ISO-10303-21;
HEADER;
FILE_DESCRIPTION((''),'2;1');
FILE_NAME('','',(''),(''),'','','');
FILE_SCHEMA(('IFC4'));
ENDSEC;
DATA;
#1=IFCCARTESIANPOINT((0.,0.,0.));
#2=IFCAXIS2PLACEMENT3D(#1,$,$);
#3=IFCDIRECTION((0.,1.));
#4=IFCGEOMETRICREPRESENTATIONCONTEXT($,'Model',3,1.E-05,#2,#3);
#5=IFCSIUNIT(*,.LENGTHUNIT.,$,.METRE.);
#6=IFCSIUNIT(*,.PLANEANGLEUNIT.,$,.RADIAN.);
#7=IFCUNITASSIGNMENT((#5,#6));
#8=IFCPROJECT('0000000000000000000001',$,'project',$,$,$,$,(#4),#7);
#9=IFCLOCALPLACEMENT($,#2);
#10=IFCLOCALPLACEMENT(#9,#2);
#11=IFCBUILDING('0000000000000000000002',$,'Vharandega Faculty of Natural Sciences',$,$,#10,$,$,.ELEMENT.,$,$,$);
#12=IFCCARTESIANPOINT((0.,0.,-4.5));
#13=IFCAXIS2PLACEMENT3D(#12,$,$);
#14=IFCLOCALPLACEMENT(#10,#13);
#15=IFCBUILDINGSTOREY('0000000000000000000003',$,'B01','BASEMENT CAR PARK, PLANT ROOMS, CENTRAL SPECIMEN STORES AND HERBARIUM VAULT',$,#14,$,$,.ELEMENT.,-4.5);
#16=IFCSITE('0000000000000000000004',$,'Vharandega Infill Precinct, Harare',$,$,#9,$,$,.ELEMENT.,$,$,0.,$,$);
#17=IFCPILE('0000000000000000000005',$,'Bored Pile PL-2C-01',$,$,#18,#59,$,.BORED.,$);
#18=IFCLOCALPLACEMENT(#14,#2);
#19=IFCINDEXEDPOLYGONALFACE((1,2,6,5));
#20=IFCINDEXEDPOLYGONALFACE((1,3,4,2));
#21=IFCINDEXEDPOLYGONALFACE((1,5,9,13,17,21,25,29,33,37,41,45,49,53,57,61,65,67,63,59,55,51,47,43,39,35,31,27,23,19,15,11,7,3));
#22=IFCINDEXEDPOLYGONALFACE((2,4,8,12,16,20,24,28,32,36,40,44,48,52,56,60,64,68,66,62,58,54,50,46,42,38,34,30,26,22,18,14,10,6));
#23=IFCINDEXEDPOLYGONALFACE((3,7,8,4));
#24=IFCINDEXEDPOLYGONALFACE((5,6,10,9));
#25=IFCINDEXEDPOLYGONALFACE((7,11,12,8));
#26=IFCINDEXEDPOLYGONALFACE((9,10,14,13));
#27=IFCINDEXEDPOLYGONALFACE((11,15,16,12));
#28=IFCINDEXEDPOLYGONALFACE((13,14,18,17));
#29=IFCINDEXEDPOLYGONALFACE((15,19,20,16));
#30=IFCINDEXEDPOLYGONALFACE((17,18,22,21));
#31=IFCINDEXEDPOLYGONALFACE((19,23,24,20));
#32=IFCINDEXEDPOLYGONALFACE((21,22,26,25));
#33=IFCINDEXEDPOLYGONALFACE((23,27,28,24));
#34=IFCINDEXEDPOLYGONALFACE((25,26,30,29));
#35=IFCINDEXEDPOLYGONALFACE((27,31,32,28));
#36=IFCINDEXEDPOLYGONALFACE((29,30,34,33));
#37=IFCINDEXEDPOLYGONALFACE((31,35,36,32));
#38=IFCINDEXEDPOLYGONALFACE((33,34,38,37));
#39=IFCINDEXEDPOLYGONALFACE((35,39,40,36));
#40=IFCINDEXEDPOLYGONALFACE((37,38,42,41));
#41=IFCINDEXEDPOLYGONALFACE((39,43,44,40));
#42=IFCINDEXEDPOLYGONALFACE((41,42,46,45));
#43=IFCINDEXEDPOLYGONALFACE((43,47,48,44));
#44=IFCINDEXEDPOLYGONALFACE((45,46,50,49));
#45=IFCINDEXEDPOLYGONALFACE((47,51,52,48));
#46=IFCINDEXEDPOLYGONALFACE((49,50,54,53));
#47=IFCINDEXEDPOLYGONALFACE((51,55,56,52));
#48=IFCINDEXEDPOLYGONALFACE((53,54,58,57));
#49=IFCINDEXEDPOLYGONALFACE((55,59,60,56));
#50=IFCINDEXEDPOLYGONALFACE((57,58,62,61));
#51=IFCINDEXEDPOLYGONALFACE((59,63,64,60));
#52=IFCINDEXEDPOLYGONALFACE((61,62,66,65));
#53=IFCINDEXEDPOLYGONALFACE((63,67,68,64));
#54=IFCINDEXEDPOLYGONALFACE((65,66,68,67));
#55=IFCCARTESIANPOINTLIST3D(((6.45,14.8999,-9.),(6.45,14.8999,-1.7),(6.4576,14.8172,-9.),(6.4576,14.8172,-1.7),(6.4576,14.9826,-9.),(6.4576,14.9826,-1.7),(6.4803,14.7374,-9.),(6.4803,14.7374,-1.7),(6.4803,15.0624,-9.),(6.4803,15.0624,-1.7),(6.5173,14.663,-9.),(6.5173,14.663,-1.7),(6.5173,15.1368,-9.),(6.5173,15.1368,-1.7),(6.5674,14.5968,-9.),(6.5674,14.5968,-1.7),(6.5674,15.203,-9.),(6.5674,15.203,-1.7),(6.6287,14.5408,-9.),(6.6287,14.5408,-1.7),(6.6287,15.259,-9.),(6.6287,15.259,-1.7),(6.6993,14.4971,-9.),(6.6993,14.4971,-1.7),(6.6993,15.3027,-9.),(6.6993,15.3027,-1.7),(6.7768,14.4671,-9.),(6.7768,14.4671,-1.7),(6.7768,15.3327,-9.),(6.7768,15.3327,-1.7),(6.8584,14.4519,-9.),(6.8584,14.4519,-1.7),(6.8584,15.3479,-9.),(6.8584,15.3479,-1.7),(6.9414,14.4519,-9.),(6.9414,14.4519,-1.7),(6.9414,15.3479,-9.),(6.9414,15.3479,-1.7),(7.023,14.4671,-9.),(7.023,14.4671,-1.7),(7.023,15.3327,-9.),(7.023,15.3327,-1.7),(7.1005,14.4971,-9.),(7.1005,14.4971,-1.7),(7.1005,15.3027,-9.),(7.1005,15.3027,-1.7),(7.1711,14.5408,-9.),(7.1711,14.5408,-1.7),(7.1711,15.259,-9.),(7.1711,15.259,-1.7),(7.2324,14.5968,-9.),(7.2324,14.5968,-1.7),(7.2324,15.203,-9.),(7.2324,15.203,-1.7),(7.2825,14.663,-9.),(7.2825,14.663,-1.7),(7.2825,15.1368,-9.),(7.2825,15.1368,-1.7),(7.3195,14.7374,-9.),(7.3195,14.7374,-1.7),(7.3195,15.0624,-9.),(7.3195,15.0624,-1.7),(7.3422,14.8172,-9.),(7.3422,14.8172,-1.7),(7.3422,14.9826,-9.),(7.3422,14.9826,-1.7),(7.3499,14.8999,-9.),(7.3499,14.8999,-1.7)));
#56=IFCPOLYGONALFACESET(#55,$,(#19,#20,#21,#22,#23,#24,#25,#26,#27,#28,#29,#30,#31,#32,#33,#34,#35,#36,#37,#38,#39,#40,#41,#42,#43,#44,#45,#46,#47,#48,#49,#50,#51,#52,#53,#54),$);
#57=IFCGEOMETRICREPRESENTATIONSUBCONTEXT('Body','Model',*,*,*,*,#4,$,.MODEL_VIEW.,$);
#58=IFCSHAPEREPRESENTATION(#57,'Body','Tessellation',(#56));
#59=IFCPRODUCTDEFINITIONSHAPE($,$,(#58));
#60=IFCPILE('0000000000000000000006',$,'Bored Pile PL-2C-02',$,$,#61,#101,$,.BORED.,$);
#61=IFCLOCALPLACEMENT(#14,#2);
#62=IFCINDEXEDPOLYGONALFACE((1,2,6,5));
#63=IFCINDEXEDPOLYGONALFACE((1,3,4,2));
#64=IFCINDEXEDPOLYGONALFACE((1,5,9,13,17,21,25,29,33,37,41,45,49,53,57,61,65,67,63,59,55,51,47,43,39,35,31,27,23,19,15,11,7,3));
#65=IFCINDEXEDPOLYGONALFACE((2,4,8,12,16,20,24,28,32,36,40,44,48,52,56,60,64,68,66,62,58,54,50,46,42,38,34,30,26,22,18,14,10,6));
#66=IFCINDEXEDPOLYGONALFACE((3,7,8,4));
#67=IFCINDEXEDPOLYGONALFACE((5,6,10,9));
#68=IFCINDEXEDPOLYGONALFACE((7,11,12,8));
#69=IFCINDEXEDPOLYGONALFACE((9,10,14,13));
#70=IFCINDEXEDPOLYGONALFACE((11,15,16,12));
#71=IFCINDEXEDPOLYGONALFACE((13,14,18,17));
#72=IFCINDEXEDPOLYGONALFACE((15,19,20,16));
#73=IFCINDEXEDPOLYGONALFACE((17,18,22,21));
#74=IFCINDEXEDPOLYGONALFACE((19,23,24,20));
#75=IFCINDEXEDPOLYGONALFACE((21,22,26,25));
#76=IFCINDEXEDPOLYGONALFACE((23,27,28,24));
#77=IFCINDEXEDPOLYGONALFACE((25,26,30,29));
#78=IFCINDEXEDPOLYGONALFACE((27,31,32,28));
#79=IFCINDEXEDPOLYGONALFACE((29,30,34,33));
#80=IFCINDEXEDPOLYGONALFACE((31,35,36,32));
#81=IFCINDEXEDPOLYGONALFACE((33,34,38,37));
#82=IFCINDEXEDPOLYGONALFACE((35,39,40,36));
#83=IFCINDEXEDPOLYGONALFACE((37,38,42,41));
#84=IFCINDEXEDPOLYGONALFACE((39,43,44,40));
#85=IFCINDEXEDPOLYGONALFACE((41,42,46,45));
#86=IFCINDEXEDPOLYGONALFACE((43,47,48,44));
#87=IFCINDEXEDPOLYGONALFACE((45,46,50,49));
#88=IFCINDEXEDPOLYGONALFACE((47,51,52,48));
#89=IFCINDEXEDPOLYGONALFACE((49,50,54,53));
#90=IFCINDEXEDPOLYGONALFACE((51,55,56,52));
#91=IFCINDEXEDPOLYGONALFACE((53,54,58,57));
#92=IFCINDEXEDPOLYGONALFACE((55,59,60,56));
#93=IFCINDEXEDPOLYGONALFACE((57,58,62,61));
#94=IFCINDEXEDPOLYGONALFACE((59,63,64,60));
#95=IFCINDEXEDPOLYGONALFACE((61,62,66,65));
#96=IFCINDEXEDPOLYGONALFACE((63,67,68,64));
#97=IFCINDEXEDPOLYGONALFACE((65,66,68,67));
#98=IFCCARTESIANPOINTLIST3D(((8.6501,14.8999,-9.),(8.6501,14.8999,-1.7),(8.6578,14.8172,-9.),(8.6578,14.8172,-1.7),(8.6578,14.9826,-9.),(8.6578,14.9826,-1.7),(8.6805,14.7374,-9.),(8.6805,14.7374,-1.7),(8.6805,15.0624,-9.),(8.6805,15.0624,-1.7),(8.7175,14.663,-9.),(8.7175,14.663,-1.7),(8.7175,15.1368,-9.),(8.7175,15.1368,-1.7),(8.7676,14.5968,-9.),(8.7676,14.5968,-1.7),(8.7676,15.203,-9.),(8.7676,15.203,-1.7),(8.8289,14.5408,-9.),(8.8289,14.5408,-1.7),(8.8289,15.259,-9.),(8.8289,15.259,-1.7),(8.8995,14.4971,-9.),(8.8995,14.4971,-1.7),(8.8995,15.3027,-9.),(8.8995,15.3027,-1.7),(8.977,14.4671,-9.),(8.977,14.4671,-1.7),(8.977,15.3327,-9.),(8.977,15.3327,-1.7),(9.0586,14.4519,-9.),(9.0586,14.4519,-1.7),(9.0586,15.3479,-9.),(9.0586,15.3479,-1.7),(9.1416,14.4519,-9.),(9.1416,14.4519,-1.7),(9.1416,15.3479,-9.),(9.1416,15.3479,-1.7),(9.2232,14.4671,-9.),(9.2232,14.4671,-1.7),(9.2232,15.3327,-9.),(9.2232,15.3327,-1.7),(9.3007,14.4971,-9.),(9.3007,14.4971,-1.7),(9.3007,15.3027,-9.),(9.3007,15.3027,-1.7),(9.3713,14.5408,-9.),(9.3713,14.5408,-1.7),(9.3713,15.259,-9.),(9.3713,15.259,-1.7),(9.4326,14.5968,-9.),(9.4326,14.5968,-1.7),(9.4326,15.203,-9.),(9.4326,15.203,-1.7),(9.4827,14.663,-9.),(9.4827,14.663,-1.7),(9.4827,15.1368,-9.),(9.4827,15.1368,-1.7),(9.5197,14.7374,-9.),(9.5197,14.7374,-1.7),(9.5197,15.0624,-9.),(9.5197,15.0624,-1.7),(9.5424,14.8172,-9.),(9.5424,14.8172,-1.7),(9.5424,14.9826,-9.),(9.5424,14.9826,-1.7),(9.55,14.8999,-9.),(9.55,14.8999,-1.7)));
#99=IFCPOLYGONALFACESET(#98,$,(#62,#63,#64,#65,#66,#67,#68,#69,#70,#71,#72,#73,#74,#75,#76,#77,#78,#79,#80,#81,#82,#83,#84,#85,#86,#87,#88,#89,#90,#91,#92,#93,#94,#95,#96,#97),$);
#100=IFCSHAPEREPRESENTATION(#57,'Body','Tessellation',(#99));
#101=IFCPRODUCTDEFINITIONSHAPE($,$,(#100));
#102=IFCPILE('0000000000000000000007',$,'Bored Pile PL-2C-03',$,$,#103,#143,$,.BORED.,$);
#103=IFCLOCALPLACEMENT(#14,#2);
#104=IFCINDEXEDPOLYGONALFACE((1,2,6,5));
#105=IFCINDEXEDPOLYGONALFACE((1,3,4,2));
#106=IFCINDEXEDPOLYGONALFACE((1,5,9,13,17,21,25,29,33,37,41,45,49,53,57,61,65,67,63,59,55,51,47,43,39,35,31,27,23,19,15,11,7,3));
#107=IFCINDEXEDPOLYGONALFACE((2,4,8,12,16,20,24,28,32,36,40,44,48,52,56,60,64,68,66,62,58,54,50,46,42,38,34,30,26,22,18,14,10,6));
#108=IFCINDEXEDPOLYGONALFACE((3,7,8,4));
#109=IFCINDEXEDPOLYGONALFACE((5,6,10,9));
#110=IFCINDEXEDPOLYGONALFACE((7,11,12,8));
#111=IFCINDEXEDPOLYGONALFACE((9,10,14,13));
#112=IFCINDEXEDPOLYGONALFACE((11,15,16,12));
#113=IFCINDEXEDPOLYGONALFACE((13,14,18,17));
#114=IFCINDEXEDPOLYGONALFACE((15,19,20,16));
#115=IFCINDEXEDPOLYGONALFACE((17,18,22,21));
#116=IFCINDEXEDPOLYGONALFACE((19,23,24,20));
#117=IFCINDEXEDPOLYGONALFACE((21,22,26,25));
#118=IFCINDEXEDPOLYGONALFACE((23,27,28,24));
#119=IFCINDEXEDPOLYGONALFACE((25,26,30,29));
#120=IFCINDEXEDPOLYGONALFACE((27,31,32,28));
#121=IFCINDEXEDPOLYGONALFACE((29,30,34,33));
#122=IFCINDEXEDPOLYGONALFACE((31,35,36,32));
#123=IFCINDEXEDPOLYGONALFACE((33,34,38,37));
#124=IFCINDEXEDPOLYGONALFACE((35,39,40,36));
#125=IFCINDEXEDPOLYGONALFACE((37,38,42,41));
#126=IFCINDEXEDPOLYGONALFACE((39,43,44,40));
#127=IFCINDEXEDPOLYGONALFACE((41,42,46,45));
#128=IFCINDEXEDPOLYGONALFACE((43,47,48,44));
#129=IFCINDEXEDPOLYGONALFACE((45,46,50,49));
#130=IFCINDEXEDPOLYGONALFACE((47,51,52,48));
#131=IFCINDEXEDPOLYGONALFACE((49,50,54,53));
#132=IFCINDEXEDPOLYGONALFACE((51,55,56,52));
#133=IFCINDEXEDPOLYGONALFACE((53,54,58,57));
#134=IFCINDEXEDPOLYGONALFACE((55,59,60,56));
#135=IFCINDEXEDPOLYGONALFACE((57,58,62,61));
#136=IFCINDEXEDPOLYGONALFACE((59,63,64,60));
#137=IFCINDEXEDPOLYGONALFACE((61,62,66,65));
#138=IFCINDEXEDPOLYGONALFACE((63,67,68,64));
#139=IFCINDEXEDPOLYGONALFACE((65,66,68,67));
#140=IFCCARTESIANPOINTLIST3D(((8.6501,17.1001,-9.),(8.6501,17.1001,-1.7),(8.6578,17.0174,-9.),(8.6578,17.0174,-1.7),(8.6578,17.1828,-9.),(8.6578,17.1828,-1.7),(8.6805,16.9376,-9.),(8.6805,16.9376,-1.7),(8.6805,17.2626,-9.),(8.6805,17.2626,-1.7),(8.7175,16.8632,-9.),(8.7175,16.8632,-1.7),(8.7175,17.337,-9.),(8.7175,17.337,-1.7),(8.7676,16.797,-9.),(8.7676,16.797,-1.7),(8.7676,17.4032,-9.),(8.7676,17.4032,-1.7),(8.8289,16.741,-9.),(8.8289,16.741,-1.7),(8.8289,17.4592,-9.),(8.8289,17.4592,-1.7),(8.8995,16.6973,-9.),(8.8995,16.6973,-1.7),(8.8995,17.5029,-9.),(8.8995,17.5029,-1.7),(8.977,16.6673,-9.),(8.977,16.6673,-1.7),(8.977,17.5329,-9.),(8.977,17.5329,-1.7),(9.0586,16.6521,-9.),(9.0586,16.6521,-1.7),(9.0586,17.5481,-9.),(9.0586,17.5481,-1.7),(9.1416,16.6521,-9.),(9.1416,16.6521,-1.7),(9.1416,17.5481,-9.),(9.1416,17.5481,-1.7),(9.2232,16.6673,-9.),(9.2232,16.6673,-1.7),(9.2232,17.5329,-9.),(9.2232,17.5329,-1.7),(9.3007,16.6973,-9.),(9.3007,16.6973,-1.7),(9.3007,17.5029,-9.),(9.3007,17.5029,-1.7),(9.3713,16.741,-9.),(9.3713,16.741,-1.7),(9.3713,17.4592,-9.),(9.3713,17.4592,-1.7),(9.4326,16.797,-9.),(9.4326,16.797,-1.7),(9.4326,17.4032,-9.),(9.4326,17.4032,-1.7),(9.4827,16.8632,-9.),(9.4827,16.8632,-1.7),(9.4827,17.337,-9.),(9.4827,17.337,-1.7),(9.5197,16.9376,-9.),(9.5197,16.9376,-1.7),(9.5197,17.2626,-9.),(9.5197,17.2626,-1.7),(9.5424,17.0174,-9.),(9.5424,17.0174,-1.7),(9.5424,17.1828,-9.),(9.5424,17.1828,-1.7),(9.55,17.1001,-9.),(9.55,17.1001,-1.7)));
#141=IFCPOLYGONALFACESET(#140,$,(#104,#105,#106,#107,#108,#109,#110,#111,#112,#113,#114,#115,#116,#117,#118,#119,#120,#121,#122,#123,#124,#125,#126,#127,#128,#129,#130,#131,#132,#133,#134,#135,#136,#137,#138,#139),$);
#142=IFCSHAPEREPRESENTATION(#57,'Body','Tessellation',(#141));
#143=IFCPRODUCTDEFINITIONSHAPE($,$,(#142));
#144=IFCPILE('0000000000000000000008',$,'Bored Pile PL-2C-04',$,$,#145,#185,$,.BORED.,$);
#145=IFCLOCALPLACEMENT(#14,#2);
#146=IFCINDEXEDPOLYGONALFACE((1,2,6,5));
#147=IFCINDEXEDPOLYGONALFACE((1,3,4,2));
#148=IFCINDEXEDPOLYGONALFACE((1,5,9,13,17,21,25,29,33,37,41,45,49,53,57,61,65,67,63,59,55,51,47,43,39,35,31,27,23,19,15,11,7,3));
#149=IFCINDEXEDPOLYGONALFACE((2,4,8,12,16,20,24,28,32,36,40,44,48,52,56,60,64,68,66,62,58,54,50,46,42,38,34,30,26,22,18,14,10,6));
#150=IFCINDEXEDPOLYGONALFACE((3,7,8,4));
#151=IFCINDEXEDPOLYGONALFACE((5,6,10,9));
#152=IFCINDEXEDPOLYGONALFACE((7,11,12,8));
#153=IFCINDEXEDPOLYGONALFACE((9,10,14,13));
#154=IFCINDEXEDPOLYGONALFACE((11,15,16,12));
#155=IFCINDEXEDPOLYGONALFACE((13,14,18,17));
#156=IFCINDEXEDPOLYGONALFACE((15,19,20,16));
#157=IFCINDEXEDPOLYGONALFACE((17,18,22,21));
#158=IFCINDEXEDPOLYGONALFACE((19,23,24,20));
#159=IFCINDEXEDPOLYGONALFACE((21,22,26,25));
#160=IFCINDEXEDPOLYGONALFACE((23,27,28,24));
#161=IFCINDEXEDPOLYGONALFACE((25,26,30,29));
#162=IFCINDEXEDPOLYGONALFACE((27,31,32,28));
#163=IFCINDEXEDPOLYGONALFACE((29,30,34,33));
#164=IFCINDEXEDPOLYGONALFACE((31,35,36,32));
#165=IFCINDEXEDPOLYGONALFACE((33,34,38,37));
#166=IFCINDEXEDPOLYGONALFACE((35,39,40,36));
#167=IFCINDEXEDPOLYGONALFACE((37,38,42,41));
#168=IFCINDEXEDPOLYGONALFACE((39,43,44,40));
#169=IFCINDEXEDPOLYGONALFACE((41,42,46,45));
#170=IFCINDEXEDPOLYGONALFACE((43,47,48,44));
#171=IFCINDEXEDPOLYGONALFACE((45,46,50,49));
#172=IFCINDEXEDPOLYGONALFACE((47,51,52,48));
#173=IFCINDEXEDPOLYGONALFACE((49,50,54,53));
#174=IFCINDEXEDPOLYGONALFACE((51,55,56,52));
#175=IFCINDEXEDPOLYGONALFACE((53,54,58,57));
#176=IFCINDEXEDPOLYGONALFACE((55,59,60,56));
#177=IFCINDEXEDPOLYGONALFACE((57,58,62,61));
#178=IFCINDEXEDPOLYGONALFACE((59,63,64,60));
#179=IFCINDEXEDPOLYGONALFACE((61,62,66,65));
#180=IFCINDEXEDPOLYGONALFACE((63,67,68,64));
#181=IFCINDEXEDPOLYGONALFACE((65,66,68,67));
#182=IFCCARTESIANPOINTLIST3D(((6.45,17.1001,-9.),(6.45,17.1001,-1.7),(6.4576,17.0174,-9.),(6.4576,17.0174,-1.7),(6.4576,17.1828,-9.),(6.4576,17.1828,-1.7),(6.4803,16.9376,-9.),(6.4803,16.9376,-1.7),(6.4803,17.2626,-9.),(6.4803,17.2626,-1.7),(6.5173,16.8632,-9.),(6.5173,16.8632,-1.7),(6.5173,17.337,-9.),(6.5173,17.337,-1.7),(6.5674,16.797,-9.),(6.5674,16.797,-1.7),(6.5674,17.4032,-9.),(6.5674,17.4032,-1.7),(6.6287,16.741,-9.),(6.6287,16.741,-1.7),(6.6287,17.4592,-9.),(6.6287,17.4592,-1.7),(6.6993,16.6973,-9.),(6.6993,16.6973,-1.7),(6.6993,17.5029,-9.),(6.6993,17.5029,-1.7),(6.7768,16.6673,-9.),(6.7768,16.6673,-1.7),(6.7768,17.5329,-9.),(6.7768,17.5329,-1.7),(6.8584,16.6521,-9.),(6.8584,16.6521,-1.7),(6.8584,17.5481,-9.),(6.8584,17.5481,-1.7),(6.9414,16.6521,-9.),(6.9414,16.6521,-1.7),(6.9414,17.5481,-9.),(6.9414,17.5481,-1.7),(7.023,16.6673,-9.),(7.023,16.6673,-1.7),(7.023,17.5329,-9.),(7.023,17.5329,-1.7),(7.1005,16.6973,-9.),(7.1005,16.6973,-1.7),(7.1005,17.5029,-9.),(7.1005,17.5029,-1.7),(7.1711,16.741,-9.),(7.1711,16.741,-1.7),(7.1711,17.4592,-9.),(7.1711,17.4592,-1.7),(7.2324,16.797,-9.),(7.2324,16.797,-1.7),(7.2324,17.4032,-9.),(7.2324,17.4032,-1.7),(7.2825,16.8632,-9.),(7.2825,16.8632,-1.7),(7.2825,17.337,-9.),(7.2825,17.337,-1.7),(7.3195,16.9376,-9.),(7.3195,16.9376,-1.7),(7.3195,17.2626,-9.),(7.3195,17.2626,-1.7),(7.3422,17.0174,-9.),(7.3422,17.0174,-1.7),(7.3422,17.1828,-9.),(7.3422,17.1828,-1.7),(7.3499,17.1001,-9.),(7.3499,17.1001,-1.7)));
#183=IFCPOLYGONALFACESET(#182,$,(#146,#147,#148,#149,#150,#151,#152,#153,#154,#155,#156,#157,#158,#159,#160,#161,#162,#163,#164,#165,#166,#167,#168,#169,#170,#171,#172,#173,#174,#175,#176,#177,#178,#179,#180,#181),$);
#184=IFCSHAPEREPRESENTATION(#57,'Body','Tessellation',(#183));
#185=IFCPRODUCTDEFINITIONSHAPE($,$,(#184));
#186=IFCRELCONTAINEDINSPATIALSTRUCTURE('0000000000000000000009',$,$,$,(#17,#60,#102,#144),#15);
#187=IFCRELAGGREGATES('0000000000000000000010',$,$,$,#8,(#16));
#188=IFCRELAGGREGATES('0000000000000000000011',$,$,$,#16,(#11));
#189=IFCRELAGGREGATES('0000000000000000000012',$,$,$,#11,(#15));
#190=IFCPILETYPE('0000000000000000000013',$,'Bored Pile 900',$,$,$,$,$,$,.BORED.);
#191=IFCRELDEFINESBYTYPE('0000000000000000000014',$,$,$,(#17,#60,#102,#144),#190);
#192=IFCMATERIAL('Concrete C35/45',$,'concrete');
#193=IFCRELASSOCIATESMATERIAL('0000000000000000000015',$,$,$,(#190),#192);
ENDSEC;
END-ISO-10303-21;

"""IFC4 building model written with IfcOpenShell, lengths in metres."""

from ifc_helpers import new_model, si_unit, direction, frame, origin, origin_2d, place, context, subcontext, project, spatial, circle, extrude, material, material_profile, profile_set, type_object, element, save


model = new_model("IFC4")

# Units and contexts
model_context = context("Model", 3, precision=1e-05, world=origin(), true_north=direction((0.0, 1.0)))
body_context = subcontext(model_context, "Body", "Model", "MODEL_VIEW")
ifc_project = project(units=[si_unit("LENGTHUNIT", "METRE"), si_unit("PLANEANGLEUNIT", "RADIAN")], contexts=[model_context])

# Site, building, storey
site_placement = place(None, origin())
site = spatial("IfcSite", under=ifc_project, at=site_placement, Name="Vharandega Infill Precinct, Harare", CompositionType="ELEMENT", RefElevation=0.0)
building_placement = place(site_placement, origin())
building = spatial("IfcBuilding", under=site, at=building_placement, Name="Vharandega Faculty of Natural Sciences", CompositionType="ELEMENT")
storey_placement = place(building_placement, frame((0.0, 0.0, -4.5)))
storey = spatial("IfcBuildingStorey", under=building, at=storey_placement, Name="B01", Description="BASEMENT CAR PARK, PLANT ROOMS, CENTRAL SPECIMEN STORES AND HERBARIUM VAULT", CompositionType="ELEMENT", Elevation=-4.5)

# Piles
ifc_material_1 = material(Name="Concrete C35/45", Category="concrete")
ifc_material_profile_1 = material_profile(ifc_material_1, circle(Radius=0.45, at=origin_2d()), Name="PILE 900")
ifc_profile_set_1 = profile_set([ifc_material_profile_1], Name="Concrete C35/45")
pile_type = type_object("IfcPileType", Name="Bored Pile 900", PredefinedType="BORED", material=ifc_profile_set_1)
for number, where, z_axis, x_axis, name in (
    (1, (6.8999, 14.8999, -1.7), (0.0, 0.0, -1.0), (1.0, 0.0, 0.0), "Bored Pile PL-2C-01"),
    (2, (9.1001, 14.8999, -1.7), (0.0, 0.0, -1.0), (1.0, 0.0, 0.0), "Bored Pile PL-2C-02"),
    (3, (9.1001, 17.1001, -1.7), (0.0, 0.0, -1.0), (1.0, 0.0, 0.0), "Bored Pile PL-2C-03"),
    (4, (6.8999, 17.1001, -1.7), (0.0, 0.0, -1.0), (1.0, 0.0, 0.0), "Bored Pile PL-2C-04"),
):
    element("IfcPile", number, at=place(storey_placement, frame(where, z_axis=z_axis, x_axis=x_axis)), inside=storey, type_object=pile_type, Name=name, PredefinedType="BORED", context=body_context, shape_type="SweptSolid", body=[
        extrude(circle(Radius=0.45, at=origin_2d()), origin(), (0.0, 0.0, 1.0), 7.3),
    ])

save(model, "model.ifc")
